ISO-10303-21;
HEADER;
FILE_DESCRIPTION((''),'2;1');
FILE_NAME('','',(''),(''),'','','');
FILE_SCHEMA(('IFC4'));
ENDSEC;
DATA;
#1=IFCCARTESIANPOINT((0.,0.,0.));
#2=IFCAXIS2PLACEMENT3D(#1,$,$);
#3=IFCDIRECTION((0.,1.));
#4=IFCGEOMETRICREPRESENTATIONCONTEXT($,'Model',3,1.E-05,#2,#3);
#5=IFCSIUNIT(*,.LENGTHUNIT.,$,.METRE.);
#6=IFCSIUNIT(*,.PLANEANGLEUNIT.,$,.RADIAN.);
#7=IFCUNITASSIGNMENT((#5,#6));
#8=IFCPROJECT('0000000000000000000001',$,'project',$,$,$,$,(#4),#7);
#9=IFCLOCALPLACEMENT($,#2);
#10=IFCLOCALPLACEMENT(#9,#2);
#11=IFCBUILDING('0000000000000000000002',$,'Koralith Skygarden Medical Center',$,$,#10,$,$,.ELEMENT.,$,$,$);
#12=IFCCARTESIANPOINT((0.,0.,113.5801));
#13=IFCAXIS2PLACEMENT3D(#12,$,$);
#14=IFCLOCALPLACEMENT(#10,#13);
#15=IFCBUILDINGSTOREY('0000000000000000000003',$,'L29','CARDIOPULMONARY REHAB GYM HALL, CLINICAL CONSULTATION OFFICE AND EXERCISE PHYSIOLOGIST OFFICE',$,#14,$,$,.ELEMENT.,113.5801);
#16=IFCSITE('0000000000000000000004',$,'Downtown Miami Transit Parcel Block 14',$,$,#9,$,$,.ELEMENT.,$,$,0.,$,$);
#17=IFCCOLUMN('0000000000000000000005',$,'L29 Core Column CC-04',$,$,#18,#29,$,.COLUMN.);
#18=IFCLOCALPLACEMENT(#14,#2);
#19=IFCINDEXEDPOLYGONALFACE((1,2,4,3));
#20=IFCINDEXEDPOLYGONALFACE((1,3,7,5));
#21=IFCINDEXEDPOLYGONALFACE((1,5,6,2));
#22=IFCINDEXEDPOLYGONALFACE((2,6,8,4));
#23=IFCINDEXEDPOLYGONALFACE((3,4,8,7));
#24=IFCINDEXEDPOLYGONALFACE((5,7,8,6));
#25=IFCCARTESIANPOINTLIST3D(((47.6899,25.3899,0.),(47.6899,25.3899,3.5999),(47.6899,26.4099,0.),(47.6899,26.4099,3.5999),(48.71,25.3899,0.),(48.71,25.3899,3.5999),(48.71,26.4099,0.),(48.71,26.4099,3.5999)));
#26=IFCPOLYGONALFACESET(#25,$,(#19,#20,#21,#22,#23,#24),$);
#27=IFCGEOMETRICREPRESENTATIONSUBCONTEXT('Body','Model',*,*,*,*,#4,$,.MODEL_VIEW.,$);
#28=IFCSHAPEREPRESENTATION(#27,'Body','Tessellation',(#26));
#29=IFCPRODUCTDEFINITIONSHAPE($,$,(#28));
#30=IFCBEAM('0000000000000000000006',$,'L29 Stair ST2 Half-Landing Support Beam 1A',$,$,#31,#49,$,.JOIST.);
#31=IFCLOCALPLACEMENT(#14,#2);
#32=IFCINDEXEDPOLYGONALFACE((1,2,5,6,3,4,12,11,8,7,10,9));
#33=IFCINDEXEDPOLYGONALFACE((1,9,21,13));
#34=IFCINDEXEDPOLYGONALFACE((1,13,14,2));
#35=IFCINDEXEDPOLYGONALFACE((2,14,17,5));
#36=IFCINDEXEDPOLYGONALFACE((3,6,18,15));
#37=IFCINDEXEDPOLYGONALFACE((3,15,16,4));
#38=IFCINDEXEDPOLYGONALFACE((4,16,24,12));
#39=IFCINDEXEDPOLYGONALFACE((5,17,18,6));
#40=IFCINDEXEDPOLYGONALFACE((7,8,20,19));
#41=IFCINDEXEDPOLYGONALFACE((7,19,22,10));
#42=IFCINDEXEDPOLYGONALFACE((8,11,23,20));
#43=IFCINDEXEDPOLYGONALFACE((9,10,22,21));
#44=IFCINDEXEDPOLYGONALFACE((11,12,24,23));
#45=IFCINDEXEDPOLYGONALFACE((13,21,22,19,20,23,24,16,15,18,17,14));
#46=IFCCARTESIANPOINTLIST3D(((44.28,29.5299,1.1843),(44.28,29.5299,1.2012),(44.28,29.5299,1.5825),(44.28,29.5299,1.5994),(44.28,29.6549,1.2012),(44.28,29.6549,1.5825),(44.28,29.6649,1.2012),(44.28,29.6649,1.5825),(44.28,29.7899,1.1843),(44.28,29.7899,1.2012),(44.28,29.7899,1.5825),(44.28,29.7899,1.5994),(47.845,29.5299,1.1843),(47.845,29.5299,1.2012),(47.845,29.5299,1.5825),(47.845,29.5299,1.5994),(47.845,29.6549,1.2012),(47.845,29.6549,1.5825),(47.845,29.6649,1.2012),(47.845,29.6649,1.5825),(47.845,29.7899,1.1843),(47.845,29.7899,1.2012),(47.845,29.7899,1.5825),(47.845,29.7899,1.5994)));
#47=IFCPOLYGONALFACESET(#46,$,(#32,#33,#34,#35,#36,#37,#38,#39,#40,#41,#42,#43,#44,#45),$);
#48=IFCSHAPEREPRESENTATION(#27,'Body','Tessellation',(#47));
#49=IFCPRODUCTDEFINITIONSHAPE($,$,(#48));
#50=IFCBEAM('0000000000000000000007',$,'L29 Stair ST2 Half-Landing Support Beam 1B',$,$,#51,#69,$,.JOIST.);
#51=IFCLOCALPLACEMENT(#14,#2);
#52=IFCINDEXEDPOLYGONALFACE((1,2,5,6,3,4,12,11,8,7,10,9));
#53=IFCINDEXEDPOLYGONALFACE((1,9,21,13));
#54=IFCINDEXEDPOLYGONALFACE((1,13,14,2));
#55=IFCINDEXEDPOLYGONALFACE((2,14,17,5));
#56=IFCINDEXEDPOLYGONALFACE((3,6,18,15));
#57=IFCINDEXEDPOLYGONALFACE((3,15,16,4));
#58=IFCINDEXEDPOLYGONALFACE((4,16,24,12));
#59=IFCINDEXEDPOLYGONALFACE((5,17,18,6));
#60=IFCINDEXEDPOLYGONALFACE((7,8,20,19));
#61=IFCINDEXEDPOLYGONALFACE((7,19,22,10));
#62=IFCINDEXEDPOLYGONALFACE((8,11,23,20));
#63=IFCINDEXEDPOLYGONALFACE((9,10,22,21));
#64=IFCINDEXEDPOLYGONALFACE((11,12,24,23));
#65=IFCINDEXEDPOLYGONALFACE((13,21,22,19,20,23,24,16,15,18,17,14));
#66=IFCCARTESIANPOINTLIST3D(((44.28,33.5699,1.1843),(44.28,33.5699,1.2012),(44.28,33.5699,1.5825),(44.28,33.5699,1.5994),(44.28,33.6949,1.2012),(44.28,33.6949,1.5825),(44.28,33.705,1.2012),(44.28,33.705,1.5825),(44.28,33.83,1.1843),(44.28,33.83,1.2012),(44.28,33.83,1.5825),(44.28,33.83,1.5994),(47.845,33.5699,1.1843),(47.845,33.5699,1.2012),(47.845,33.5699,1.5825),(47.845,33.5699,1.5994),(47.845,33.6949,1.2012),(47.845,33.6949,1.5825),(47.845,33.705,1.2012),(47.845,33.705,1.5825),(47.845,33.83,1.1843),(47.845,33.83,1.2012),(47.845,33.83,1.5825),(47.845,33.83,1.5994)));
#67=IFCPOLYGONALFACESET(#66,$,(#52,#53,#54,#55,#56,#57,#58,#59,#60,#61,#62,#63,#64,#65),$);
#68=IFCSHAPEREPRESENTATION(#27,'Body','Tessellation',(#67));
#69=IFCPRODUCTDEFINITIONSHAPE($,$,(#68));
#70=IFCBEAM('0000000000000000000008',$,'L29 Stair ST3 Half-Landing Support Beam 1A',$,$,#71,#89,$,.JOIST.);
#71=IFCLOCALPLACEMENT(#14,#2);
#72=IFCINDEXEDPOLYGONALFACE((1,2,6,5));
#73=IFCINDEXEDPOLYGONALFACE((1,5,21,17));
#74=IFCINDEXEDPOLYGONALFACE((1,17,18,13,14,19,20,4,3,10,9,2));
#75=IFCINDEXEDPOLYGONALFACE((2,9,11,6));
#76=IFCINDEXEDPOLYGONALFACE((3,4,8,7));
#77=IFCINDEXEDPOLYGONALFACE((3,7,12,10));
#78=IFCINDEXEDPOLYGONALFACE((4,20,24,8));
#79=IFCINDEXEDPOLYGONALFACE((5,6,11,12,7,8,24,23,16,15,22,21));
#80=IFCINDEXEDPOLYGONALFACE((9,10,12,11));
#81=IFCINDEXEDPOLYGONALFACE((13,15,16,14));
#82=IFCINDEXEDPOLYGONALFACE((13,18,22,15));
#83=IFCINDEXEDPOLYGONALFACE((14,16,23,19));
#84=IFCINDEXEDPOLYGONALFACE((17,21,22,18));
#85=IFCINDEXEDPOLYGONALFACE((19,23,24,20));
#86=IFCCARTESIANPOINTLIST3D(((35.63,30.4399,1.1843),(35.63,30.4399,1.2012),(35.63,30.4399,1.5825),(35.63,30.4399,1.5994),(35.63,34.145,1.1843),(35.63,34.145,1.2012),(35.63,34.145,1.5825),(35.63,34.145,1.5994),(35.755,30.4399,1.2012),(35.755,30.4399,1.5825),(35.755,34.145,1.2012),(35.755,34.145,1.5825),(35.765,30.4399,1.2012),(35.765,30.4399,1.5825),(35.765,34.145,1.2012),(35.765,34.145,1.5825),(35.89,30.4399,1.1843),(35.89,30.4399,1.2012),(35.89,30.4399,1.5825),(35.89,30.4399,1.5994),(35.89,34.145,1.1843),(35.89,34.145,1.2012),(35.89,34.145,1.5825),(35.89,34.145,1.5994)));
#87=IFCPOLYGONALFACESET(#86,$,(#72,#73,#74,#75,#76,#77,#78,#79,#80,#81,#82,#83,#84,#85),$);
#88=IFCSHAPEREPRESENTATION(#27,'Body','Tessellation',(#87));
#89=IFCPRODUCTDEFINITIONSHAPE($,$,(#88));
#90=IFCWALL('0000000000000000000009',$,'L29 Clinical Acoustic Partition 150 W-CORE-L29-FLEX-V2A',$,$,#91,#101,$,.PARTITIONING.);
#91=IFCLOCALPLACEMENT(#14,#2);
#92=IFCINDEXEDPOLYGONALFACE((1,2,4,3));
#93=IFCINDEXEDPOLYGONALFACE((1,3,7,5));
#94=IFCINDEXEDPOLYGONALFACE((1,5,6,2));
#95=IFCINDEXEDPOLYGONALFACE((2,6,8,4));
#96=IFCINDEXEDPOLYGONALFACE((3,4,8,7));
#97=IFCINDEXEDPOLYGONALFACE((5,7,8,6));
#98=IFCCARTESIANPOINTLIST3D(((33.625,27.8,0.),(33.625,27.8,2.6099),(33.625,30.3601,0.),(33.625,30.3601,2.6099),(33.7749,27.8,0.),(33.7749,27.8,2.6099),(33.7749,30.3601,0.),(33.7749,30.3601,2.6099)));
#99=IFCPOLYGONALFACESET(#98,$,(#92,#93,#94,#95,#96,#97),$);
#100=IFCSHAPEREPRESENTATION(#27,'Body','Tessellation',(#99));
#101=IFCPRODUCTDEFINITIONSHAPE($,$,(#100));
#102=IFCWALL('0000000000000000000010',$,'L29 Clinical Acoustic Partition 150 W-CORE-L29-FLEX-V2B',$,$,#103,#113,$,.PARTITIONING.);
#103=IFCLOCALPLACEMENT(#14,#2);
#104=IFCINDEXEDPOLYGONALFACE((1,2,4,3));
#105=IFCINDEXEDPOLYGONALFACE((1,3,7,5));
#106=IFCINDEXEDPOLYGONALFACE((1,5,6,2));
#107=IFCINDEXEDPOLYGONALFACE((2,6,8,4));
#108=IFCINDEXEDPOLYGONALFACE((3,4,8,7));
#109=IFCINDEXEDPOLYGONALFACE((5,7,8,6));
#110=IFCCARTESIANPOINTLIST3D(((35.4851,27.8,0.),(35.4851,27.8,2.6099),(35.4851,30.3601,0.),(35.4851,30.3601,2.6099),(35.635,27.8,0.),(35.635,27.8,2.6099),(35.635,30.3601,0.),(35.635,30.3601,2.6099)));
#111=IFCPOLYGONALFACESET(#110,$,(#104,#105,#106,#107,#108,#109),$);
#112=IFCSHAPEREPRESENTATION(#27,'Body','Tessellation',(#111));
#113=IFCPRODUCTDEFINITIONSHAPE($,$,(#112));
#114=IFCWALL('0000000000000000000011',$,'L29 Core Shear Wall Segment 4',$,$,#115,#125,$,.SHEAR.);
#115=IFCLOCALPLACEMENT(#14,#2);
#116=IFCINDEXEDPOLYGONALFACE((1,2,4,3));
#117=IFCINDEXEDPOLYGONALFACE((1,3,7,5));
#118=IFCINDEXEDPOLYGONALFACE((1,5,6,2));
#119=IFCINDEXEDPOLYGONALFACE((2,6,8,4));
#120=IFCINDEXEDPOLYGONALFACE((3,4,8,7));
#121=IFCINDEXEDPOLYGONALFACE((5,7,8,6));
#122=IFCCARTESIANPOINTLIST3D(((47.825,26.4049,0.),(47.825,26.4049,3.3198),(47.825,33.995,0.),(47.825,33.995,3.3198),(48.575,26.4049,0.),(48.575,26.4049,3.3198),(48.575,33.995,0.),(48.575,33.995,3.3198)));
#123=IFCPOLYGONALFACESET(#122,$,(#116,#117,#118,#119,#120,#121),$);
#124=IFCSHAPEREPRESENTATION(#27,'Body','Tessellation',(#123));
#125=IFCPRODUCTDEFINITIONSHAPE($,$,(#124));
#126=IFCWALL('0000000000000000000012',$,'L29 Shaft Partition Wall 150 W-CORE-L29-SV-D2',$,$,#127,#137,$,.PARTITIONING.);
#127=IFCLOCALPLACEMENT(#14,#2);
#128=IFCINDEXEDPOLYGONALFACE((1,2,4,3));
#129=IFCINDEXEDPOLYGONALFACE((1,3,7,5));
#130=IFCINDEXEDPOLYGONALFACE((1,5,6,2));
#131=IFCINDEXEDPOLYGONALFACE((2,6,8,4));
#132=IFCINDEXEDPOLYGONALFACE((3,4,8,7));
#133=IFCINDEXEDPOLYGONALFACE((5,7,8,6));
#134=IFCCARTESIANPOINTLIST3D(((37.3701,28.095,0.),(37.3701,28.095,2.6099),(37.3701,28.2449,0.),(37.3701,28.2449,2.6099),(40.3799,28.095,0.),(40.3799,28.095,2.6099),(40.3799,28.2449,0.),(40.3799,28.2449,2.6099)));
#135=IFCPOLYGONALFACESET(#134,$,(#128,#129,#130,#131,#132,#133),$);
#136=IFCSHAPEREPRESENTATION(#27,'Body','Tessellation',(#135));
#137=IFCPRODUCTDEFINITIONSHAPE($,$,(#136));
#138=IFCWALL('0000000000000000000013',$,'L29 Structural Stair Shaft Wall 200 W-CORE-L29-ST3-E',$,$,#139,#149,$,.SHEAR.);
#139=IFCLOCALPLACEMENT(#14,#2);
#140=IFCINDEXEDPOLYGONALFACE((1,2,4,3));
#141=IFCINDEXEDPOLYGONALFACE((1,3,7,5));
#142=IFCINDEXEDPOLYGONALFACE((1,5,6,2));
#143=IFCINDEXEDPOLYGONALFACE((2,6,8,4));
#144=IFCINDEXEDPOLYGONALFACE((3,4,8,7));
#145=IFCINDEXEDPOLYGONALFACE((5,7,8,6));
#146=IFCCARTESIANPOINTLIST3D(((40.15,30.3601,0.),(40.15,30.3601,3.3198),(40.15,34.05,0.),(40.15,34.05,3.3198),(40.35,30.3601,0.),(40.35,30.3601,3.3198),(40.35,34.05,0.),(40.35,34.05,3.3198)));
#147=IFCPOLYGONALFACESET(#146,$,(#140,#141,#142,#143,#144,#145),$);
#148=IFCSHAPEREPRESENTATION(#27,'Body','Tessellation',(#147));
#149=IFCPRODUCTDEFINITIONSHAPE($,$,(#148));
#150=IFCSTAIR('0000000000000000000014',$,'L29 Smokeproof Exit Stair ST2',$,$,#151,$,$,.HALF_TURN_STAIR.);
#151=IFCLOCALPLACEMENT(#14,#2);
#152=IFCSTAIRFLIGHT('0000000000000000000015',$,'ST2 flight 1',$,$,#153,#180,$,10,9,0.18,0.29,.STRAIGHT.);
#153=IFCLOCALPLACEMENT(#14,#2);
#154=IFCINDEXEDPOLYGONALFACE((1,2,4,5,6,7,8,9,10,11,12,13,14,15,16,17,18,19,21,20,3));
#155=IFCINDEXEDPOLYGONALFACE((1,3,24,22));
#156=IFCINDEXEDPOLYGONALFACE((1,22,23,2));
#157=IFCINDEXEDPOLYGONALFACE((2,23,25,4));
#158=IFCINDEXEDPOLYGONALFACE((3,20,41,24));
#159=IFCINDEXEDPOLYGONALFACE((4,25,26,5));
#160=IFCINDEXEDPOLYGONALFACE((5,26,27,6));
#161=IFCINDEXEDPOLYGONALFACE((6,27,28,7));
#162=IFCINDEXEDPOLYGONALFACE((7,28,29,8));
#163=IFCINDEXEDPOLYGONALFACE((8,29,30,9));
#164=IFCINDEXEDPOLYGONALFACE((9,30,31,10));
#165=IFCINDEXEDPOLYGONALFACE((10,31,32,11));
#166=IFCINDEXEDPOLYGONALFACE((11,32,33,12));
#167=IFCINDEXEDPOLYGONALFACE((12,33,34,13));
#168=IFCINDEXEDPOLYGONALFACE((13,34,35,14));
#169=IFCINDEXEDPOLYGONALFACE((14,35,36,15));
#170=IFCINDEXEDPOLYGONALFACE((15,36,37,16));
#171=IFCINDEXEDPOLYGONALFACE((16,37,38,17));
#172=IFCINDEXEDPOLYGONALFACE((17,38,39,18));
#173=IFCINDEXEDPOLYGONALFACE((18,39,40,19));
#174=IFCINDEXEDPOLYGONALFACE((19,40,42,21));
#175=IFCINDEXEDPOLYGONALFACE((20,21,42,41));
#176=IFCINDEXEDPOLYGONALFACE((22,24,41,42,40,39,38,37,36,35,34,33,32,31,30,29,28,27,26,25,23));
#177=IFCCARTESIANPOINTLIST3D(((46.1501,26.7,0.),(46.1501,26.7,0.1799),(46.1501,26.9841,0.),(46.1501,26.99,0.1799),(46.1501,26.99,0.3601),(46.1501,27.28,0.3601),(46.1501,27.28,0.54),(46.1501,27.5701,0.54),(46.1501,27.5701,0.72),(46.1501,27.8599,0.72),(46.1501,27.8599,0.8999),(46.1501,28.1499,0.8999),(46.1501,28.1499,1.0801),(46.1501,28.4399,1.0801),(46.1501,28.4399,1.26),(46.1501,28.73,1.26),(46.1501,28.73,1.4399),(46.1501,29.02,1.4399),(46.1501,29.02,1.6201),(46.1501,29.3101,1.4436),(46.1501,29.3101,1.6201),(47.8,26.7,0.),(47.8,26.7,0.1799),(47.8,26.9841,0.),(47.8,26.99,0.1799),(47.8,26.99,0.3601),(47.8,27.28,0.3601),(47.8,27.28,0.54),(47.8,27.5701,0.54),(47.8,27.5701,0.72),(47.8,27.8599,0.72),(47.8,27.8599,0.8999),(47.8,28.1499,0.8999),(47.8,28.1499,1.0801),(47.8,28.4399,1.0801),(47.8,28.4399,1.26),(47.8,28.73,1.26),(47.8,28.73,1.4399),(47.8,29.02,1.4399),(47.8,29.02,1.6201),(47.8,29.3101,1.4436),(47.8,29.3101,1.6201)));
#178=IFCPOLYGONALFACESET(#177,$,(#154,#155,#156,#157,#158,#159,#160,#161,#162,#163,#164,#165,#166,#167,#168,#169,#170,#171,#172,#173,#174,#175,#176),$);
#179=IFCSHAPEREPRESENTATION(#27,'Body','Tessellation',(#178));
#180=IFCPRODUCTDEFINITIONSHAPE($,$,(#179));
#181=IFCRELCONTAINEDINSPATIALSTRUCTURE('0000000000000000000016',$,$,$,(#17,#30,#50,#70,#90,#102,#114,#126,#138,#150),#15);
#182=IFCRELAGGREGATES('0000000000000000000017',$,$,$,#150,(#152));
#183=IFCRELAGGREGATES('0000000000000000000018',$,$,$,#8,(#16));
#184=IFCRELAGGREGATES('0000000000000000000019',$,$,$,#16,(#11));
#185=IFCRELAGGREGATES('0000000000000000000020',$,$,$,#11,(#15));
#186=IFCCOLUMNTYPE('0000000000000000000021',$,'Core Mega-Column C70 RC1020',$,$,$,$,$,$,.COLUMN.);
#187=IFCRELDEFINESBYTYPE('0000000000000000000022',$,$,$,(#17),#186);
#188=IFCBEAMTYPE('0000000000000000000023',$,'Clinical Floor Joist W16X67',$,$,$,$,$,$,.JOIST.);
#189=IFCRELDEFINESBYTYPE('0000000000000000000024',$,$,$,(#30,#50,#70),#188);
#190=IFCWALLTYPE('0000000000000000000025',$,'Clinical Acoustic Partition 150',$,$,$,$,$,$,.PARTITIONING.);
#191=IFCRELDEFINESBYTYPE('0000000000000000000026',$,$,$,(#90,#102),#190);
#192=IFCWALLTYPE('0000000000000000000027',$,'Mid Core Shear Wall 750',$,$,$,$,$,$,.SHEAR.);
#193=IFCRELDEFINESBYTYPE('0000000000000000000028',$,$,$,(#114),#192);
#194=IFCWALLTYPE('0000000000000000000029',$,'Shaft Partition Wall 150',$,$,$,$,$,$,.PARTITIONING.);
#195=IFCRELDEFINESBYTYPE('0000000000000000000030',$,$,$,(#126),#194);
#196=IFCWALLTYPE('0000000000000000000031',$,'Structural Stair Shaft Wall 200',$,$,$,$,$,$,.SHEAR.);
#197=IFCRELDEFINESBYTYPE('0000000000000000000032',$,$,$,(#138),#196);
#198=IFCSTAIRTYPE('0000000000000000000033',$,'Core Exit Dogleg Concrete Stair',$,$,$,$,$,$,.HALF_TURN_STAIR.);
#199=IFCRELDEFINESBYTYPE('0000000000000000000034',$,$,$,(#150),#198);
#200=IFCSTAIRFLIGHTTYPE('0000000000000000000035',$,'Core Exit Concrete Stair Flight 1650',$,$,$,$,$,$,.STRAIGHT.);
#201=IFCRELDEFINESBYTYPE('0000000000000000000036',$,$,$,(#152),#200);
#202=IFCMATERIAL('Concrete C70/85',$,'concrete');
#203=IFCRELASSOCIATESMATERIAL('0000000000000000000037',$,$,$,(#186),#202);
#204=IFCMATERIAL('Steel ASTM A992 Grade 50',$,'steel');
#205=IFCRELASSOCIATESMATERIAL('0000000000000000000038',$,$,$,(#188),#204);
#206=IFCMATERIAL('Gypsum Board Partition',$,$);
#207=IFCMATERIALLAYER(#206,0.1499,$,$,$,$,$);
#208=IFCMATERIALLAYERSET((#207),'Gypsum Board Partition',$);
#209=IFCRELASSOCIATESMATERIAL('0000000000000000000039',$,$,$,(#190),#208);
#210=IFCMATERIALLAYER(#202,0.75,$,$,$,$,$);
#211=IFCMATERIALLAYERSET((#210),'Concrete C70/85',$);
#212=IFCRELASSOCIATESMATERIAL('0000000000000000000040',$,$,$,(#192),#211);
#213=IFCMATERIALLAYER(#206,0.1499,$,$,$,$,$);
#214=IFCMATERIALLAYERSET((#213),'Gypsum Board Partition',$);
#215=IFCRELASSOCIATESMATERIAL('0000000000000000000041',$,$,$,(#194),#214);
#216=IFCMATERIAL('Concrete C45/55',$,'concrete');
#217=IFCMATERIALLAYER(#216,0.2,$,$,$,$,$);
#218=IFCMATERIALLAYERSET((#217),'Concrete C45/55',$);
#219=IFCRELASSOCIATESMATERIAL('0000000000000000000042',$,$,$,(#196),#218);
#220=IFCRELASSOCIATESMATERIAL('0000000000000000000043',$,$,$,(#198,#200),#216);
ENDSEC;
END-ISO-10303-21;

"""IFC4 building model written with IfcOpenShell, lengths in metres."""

from ifc_helpers import new_model, si_unit, direction, frame, frame_2d, origin, origin_2d, place, context, subcontext, project, spatial, polyline, rectangle, i_section, outline, extrude, material, layer, layer_set, material_profile, profile_set, type_object, element, aggregate, save


model = new_model("IFC4")

# Units and contexts
model_context = context("Model", 3, precision=1e-05, world=origin(), true_north=direction((0.0, 1.0)))
body_context = subcontext(model_context, "Body", "Model", "MODEL_VIEW")
ifc_project = project(units=[si_unit("LENGTHUNIT", "METRE"), si_unit("PLANEANGLEUNIT", "RADIAN")], contexts=[model_context])

# Site, building, storey
site_placement = place(None, origin())
site = spatial("IfcSite", under=ifc_project, at=site_placement, Name="Downtown Miami Transit Parcel Block 14", CompositionType="ELEMENT", RefElevation=0.0)
building_placement = place(site_placement, origin())
building = spatial("IfcBuilding", under=site, at=building_placement, Name="Koralith Skygarden Medical Center", CompositionType="ELEMENT")
storey_placement = place(building_placement, frame((0.0, 0.0, 113.5801)))
storey = spatial("IfcBuildingStorey", under=building, at=storey_placement, Name="L29", Description="CARDIOPULMONARY REHAB GYM HALL, CLINICAL CONSULTATION OFFICE AND EXERCISE PHYSIOLOGIST OFFICE", CompositionType="ELEMENT", Elevation=113.5801)

# Column
ifc_material_1 = material(Name="Concrete C70/85", Category="concrete")
ifc_material_profile_1 = material_profile(ifc_material_1, rectangle(XDim=1.02, YDim=1.02, at=origin_2d()), Name="RC1020X1020")
ifc_profile_set_1 = profile_set([ifc_material_profile_1], Name="Concrete C70/85")
column_type = type_object("IfcColumnType", Name="Core Mega-Column C70 RC1020", PredefinedType="COLUMN", material=ifc_profile_set_1)
column_placement = place(storey_placement, frame((48.2, 25.8999, 0.0), z_axis=(0.0, 0.0, 1.0), x_axis=(1.0, 0.0, 0.0)))
element("IfcColumn", 1, at=column_placement, inside=storey, type_object=column_type, Name="L29 Core Column CC-04", PredefinedType="COLUMN", context=body_context, shape_type="SweptSolid", body=[
    extrude(rectangle(XDim=1.02, YDim=1.02, at=origin_2d()), origin(), (0.0, 0.0, 1.0), 3.5999),
])

# Beams
ifc_material_2 = material(Name="Steel ASTM A992 Grade 50", Category="steel")
ifc_material_profile_2 = material_profile(ifc_material_2, i_section(OverallWidth=0.26, OverallDepth=0.415, WebThickness=0.01, FlangeThickness=0.0168, at=origin_2d()), Name="W16X67")
ifc_profile_set_2 = profile_set([ifc_material_profile_2], Name="Steel ASTM A992 Grade 50")
beam_type = type_object("IfcBeamType", Name="Clinical Floor Joist W16X67", PredefinedType="JOIST", material=ifc_profile_set_2)
for number, where, z_axis, x_axis, name in (
    (2, (44.28, 29.6599, 1.3918), (1.0, 0.0, 0.0), (0.0, 1.0, 0.0), "L29 Stair ST2 Half-Landing Support Beam 1A"),
    (3, (44.28, 33.7, 1.3918), (1.0, 0.0, 0.0), (0.0, 1.0, 0.0), "L29 Stair ST2 Half-Landing Support Beam 1B"),
):
    element("IfcBeam", number, at=place(storey_placement, frame(where, z_axis=z_axis, x_axis=x_axis)), inside=storey, type_object=beam_type, Name=name, PredefinedType="JOIST", context=body_context, shape_type="SweptSolid", body=[
        extrude(i_section(OverallWidth=0.26, OverallDepth=0.415, WebThickness=0.01, FlangeThickness=0.0168, at=origin_2d()), origin(), (0.0, 0.0, 1.0), 3.5649),
    ])
beam_placement = place(storey_placement, frame((35.76, 30.4399, 1.3918), z_axis=(0.0, 1.0, 0.0), x_axis=(-1.0, 0.0, 0.0)))
element("IfcBeam", 4, at=beam_placement, inside=storey, type_object=beam_type, Name="L29 Stair ST3 Half-Landing Support Beam 1A", PredefinedType="JOIST", context=body_context, shape_type="SweptSolid", body=[
    extrude(i_section(OverallWidth=0.26, OverallDepth=0.415, WebThickness=0.01, FlangeThickness=0.0168, at=origin_2d()), origin(), (0.0, 0.0, 1.0), 3.7051),
])

# Walls
ifc_material_3 = material(Name="Gypsum Board Partition")
ifc_layer_1 = layer(ifc_material_3, 0.1499)
ifc_layer_set_1 = layer_set([ifc_layer_1], Name="Gypsum Board Partition")
wall_type_1 = type_object("IfcWallType", Name="Clinical Acoustic Partition 150", PredefinedType="PARTITIONING", material=ifc_layer_set_1)
for number, where, z_axis, x_axis, name in (
    (5, (33.7, 27.8, 0.0), (0.0, 0.0, 1.0), (0.0, 1.0, 0.0), "L29 Clinical Acoustic Partition 150 W-CORE-L29-FLEX-V2A"),
    (6, (35.5601, 27.8, 0.0), (0.0, 0.0, 1.0), (0.0, 1.0, 0.0), "L29 Clinical Acoustic Partition 150 W-CORE-L29-FLEX-V2B"),
):
    element("IfcWall", number, at=place(storey_placement, frame(where, z_axis=z_axis, x_axis=x_axis)), inside=storey, type_object=wall_type_1, Name=name, PredefinedType="PARTITIONING", context=body_context, shape_type="SweptSolid", body=[
        extrude(rectangle(XDim=2.5601, YDim=0.1499, at=frame_2d((1.28, 0.0))), origin(), (0.0, 0.0, 1.0), 2.6099),
    ])
ifc_layer_2 = layer(ifc_material_1, 0.75)
ifc_layer_set_2 = layer_set([ifc_layer_2], Name="Concrete C70/85")
wall_type_2 = type_object("IfcWallType", Name="Mid Core Shear Wall 750", PredefinedType="SHEAR", material=ifc_layer_set_2)
wall_1_placement = place(storey_placement, frame((48.2, 26.405, 0.0), z_axis=(0.0, 0.0, 1.0), x_axis=(0.0, 1.0, 0.0)))
element("IfcWall", 7, at=wall_1_placement, inside=storey, type_object=wall_type_2, Name="L29 Core Shear Wall Segment 4", PredefinedType="SHEAR", context=body_context, shape_type="SweptSolid", body=[
    extrude(rectangle(XDim=7.5901, YDim=0.75, at=frame_2d((3.7949, 0.0))), origin(), (0.0, 0.0, 1.0), 3.3198),
])
ifc_layer_3 = layer(ifc_material_3, 0.1499)
ifc_layer_set_3 = layer_set([ifc_layer_3], Name="Gypsum Board Partition")
wall_type_3 = type_object("IfcWallType", Name="Shaft Partition Wall 150", PredefinedType="PARTITIONING", material=ifc_layer_set_3)
wall_2_placement = place(storey_placement, frame((37.3701, 28.1699, 0.0), z_axis=(0.0, 0.0, 1.0), x_axis=(1.0, 0.0, 0.0)))
element("IfcWall", 8, at=wall_2_placement, inside=storey, type_object=wall_type_3, Name="L29 Shaft Partition Wall 150 W-CORE-L29-SV-D2", PredefinedType="PARTITIONING", context=body_context, shape_type="SweptSolid", body=[
    extrude(rectangle(XDim=3.0098, YDim=0.1499, at=frame_2d((1.5049, 0.0))), origin(), (0.0, 0.0, 1.0), 2.6099),
])
ifc_material_4 = material(Name="Concrete C45/55", Category="concrete")
ifc_layer_4 = layer(ifc_material_4, 0.2)
ifc_layer_set_4 = layer_set([ifc_layer_4], Name="Concrete C45/55")
wall_type_4 = type_object("IfcWallType", Name="Structural Stair Shaft Wall 200", PredefinedType="SHEAR", material=ifc_layer_set_4)
wall_3_placement = place(storey_placement, frame((40.25, 30.3601, 0.0), z_axis=(0.0, 0.0, 1.0), x_axis=(0.0, 1.0, 0.0)))
element("IfcWall", 9, at=wall_3_placement, inside=storey, type_object=wall_type_4, Name="L29 Structural Stair Shaft Wall 200 W-CORE-L29-ST3-E", PredefinedType="SHEAR", context=body_context, shape_type="SweptSolid", body=[
    extrude(rectangle(XDim=3.6899, YDim=0.2, at=frame_2d((1.845, 0.0))), origin(), (0.0, 0.0, 1.0), 3.3198),
])

# Stair, stair flight
stair_type = type_object("IfcStairType", Name="Core Exit Dogleg Concrete Stair", PredefinedType="HALF_TURN_STAIR", material=ifc_material_4)
stair_1_placement = place(storey_placement, origin())
stair_1 = element("IfcStair", 10, at=stair_1_placement, inside=storey, type_object=stair_type, Name="L29 Smokeproof Exit Stair ST2", PredefinedType="HALF_TURN_STAIR")
stair_flight_type = type_object("IfcStairFlightType", Name="Core Exit Concrete Stair Flight 1650", PredefinedType="STRAIGHT", material=ifc_material_4)
stair_flight_1_placement = place(storey_placement, frame((46.9751, 26.7, 0.0), z_axis=(0.0, 0.0, 1.0), x_axis=(0.0, 1.0, 0.0)))
stair_flight_1 = element("IfcStairFlight", 11, at=stair_flight_1_placement, type_object=stair_flight_type, Name="ST2 flight 1", NumberOfRisers=10, NumberOfTreads=9, PredefinedType="STRAIGHT", RiserHeight=0.18, TreadLength=0.29, context=body_context, shape_type="SweptSolid", body=[
    extrude(outline(polyline([(0.0, 0.0), (0.0, 0.1799), (0.29, 0.1799), (0.29, 0.3601), (0.5801, 0.3601), (0.5801, 0.54), (0.8701, 0.54), (0.8701, 0.72), (1.1599, 0.72), (1.1599, 0.8999), (1.45, 0.8999), (1.45, 1.0801), (1.74, 1.0801), (1.74, 1.26), (2.03, 1.26), (2.03, 1.4399), (2.3201, 1.4399), (2.3201, 1.6201), (2.6101, 1.6201), (2.6101, 1.8), (2.6101, 1.4436), (0.2842, 0.0), (0.0, 0.0)])), frame((0.0, 0.825, 0.0), z_axis=(0.0, -1.0, 0.0), x_axis=(1.0, 0.0, 0.0)), (0.0, 0.0, 1.0), 1.6499),
])
aggregate(stair_1, [stair_flight_1])

save(model, "model.ifc")
